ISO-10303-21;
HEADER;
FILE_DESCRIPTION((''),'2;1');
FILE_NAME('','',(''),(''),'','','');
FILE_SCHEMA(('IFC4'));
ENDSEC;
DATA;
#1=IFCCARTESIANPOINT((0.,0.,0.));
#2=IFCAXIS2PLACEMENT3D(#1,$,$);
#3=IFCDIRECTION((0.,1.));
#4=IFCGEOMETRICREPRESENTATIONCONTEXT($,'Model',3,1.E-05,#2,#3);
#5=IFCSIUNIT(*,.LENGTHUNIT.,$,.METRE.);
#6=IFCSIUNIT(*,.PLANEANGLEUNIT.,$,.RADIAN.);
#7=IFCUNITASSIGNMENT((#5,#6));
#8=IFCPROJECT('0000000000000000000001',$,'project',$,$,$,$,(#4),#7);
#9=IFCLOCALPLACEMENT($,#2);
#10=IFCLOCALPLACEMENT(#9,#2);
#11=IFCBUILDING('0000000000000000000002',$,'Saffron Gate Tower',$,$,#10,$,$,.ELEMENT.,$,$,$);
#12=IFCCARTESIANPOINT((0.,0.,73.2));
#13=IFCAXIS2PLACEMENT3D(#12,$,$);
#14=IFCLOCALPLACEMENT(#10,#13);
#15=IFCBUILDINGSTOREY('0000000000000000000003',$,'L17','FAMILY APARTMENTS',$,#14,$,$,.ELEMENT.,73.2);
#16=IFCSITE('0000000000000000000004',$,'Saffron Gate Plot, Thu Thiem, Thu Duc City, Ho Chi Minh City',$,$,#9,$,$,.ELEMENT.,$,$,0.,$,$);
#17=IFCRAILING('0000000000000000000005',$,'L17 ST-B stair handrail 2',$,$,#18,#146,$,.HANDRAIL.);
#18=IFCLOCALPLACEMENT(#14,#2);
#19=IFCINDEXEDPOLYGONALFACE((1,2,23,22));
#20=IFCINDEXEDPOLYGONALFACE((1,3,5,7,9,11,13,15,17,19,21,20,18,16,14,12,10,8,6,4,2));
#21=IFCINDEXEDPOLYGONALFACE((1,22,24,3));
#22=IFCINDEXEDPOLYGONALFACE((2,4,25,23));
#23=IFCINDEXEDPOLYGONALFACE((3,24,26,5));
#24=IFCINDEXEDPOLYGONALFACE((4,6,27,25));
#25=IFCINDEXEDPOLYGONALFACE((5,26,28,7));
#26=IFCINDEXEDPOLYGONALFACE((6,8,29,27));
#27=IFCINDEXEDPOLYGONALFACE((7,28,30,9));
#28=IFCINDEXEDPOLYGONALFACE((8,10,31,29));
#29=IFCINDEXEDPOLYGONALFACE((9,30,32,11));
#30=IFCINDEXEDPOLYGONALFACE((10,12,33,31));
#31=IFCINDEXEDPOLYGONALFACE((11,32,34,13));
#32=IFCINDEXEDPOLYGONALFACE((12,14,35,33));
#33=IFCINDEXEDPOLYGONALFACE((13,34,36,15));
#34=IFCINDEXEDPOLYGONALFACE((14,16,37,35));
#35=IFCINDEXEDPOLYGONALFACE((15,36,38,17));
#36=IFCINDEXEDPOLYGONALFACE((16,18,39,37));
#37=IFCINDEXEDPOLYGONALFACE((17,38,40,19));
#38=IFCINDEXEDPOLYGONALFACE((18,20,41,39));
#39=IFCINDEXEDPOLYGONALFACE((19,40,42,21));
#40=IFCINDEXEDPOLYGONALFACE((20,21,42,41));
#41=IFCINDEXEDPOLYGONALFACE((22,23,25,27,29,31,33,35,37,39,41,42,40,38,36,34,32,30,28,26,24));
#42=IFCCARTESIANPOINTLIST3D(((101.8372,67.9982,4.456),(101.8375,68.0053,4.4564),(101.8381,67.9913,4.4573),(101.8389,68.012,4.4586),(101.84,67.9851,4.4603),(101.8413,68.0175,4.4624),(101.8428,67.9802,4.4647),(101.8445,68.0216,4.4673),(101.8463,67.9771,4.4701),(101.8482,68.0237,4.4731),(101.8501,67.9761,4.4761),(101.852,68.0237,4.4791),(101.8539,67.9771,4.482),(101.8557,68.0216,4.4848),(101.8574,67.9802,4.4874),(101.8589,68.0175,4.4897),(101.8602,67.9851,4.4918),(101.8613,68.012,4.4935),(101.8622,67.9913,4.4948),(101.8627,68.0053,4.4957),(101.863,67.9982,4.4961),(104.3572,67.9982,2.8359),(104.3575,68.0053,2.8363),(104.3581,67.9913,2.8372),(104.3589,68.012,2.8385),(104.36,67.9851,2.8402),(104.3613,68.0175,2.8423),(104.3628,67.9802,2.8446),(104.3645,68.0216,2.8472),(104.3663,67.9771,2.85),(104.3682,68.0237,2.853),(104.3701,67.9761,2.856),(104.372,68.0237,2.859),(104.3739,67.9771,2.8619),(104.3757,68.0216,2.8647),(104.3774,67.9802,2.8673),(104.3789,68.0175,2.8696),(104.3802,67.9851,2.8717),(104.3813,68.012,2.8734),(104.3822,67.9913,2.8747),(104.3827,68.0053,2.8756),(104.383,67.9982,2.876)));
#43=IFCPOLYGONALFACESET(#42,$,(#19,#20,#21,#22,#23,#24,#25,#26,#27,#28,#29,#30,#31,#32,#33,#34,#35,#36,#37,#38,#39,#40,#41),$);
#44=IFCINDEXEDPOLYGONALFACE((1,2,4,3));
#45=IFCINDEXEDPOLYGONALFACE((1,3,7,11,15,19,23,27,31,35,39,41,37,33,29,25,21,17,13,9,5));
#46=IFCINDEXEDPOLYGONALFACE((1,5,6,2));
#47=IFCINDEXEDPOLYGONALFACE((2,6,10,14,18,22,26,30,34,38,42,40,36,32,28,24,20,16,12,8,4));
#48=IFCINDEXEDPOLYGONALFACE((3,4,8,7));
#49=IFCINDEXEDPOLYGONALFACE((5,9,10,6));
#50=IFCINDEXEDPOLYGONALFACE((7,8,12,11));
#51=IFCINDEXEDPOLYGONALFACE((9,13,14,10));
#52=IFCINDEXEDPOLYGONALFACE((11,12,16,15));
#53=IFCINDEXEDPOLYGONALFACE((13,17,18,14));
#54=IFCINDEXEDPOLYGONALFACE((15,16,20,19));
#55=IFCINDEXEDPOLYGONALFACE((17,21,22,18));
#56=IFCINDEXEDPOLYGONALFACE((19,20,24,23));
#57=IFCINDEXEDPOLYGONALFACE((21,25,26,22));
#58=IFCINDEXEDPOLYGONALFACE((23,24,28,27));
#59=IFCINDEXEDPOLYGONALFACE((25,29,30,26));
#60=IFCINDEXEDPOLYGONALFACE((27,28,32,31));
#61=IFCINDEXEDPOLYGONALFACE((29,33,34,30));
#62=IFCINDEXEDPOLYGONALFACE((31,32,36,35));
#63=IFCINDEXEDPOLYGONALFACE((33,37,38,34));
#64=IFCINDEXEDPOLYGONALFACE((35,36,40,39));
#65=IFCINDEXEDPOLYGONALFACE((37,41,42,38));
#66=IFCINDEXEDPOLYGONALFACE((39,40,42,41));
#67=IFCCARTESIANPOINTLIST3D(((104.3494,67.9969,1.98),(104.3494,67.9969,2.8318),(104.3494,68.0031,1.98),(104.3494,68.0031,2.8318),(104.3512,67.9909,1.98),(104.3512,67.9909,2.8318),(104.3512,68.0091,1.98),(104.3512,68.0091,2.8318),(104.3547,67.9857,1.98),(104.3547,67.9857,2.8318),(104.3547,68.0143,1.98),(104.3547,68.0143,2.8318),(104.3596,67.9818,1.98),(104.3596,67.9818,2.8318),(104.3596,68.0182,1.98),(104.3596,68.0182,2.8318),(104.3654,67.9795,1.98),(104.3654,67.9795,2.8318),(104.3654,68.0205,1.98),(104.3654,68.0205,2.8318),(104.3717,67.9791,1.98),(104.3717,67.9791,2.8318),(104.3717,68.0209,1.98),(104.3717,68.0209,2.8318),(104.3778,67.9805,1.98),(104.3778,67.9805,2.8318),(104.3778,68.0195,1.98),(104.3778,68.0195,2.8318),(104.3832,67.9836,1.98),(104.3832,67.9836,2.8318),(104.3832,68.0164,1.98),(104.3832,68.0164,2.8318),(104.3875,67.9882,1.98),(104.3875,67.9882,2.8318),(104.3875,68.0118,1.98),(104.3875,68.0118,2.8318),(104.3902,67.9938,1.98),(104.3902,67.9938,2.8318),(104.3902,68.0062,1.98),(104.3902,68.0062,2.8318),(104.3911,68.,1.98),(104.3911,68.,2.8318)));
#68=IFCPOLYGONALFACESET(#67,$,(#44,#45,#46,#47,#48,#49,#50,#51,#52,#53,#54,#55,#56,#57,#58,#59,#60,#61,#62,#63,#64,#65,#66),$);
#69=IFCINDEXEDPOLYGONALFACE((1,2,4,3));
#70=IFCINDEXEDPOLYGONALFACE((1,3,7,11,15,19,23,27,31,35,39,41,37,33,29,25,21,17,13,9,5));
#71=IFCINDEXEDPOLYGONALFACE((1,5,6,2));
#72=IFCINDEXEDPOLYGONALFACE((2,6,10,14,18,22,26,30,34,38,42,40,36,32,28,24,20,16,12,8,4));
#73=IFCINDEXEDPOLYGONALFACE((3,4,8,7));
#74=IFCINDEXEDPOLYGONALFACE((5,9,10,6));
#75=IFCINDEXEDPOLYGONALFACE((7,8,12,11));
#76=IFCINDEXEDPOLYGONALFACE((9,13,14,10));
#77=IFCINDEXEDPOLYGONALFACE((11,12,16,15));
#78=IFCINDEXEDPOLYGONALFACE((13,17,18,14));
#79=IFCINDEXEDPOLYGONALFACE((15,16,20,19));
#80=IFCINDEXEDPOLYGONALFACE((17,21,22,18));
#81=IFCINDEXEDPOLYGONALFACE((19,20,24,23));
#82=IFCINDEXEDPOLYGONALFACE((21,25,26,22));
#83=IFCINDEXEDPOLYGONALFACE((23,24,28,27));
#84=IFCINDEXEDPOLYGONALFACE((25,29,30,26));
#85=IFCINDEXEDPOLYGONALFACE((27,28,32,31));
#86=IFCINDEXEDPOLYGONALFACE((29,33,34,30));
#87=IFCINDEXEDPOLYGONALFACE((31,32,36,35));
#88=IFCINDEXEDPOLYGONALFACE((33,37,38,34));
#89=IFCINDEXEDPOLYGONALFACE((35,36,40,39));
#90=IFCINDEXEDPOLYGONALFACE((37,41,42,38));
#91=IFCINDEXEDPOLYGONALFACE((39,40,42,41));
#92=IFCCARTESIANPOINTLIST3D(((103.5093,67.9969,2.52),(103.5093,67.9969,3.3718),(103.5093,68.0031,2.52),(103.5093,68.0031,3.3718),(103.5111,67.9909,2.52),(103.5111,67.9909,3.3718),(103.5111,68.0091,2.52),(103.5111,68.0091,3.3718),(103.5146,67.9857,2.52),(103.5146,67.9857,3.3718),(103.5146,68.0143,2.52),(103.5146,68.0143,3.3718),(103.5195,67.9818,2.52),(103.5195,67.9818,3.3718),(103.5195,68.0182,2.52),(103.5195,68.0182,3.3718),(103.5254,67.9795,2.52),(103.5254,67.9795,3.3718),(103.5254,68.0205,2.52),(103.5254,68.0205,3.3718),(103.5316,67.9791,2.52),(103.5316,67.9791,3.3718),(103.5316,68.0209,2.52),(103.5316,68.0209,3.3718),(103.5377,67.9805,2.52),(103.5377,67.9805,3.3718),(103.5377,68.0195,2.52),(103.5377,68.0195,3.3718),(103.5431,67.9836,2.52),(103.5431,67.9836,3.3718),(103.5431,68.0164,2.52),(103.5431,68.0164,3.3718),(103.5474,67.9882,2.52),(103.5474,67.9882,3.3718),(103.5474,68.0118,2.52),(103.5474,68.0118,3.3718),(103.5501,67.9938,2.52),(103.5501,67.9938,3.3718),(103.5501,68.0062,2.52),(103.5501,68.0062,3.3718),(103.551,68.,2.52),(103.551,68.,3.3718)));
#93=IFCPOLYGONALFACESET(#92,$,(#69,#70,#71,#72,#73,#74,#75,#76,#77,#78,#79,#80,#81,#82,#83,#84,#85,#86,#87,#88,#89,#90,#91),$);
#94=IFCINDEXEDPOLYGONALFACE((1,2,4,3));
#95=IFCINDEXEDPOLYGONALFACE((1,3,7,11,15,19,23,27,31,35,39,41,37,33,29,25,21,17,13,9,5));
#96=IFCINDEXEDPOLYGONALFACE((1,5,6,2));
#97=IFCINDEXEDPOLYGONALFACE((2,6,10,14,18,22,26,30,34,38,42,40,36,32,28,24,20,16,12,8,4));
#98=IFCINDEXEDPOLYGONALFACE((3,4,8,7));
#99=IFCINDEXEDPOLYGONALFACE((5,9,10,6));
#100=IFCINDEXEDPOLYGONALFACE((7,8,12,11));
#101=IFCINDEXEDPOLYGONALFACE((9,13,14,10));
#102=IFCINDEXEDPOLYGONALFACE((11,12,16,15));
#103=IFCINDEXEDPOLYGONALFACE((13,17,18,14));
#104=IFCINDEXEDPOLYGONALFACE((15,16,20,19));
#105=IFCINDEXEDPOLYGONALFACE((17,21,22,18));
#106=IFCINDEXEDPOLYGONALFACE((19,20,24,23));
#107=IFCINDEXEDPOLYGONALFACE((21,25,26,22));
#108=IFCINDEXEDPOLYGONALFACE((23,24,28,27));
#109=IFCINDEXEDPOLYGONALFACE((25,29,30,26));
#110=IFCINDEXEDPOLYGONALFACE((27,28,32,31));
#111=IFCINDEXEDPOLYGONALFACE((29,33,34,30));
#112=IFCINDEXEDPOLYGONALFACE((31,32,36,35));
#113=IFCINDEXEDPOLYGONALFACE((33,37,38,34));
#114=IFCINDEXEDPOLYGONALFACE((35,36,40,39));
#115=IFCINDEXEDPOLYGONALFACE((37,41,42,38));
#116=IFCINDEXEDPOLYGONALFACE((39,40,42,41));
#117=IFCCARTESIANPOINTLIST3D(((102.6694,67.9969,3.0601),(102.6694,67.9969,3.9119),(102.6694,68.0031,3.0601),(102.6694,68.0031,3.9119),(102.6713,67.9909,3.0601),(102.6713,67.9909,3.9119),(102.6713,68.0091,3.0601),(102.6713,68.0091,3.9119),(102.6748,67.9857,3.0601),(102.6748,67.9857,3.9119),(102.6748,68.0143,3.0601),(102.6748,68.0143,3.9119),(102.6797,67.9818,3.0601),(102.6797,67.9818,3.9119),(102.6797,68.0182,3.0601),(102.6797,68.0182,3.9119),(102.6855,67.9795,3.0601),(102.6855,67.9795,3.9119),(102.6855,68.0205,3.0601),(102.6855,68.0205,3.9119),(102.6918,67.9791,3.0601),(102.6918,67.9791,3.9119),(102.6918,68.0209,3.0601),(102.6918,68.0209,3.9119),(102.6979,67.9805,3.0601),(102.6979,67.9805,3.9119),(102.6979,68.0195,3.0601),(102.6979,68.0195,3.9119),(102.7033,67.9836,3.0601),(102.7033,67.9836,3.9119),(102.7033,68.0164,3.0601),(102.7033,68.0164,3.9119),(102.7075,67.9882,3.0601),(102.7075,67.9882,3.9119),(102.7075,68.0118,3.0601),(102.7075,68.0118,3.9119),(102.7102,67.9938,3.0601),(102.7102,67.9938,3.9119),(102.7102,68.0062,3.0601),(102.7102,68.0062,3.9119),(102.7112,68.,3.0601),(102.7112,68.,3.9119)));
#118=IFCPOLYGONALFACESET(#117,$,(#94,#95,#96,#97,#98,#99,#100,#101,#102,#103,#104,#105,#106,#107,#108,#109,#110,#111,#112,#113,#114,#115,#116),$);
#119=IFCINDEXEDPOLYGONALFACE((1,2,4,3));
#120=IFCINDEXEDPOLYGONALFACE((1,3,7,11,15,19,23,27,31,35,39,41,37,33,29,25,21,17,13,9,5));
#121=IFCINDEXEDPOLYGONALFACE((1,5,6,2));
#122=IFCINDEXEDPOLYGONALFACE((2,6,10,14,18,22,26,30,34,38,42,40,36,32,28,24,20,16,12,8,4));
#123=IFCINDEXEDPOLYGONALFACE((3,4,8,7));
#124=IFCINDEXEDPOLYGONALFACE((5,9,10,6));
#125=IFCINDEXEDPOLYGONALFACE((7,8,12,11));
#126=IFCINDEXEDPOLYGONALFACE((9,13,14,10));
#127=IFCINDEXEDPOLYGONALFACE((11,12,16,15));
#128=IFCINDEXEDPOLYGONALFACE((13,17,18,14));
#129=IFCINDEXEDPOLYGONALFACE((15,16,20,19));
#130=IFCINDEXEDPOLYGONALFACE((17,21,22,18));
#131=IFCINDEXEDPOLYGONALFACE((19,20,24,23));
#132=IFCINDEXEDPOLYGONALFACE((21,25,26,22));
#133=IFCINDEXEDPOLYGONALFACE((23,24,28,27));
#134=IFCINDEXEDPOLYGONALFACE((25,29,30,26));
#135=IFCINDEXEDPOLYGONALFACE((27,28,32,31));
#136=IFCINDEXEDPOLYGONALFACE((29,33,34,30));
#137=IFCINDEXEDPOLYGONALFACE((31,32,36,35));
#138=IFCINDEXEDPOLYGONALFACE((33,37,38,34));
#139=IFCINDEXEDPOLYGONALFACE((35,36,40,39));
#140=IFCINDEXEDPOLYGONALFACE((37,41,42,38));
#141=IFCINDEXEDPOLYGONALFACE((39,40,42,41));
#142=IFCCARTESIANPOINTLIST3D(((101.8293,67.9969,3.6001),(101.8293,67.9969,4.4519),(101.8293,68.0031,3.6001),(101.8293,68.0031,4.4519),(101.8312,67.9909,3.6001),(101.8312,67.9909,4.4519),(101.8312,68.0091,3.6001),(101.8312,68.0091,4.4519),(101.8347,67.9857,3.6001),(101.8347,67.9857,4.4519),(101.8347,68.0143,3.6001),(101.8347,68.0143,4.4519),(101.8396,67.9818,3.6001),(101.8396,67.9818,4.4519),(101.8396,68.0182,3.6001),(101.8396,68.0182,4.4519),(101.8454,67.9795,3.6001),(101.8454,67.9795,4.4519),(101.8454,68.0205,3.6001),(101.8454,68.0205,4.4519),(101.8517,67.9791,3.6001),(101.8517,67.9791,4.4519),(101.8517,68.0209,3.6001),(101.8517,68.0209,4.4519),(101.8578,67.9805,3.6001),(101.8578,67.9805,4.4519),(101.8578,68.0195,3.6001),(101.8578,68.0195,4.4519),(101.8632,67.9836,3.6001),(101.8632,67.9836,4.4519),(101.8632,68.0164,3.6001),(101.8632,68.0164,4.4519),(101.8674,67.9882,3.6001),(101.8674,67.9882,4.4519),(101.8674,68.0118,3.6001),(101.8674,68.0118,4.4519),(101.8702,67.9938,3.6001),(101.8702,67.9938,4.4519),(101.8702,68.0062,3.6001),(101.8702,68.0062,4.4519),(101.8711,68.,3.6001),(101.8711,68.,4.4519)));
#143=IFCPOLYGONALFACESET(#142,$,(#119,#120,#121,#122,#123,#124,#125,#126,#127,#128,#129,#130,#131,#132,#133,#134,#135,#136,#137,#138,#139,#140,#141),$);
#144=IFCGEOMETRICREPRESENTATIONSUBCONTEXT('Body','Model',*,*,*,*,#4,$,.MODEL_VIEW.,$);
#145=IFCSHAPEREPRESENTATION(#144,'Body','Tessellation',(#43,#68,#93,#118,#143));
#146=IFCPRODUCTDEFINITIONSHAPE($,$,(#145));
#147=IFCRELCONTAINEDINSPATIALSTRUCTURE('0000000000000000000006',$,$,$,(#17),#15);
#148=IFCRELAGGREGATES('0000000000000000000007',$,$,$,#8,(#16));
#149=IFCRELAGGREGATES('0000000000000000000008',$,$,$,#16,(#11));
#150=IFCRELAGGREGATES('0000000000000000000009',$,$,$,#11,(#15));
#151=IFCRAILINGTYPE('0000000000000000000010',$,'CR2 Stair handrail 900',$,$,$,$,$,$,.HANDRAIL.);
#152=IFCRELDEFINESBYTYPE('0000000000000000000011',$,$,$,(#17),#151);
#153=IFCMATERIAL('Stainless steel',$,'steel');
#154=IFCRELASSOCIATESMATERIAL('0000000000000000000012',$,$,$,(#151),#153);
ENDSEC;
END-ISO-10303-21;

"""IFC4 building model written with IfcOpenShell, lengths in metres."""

from ifc_helpers import new_model, si_unit, direction, frame, origin, origin_2d, place, context, subcontext, project, spatial, circle, extrude, material, type_object, element, save


model = new_model("IFC4")

# Units and contexts
model_context = context("Model", 3, precision=1e-05, world=origin(), true_north=direction((0.0, 1.0)))
body_context = subcontext(model_context, "Body", "Model", "MODEL_VIEW")
ifc_project = project(units=[si_unit("LENGTHUNIT", "METRE"), si_unit("PLANEANGLEUNIT", "RADIAN")], contexts=[model_context])

# Site, building, storey
site_placement = place(None, origin())
site = spatial("IfcSite", under=ifc_project, at=site_placement, Name="Saffron Gate Plot, Thu Thiem, Thu Duc City, Ho Chi Minh City", CompositionType="ELEMENT", RefElevation=0.0)
building_placement = place(site_placement, origin())
building = spatial("IfcBuilding", under=site, at=building_placement, Name="Saffron Gate Tower", CompositionType="ELEMENT")
storey_placement = place(building_placement, frame((0.0, 0.0, 73.2)))
storey = spatial("IfcBuildingStorey", under=building, at=storey_placement, Name="L17", Description="FAMILY APARTMENTS", CompositionType="ELEMENT", Elevation=73.2)

# Railing
ifc_material_1 = material(Name="Stainless steel", Category="steel")
railing_type_1 = type_object("IfcRailingType", Name="CR2 Stair handrail 900", PredefinedType="HANDRAIL", material=ifc_material_1)
railing_1_placement = place(storey_placement, frame((104.3701, 68.0, 1.98)))
element("IfcRailing", 1, at=railing_1_placement, inside=storey, type_object=railing_type_1, Name="L17 ST-B stair handrail 2", PredefinedType="HANDRAIL", context=body_context, shape_type="SweptSolid", body=[
    extrude(circle(Radius=0.0239, at=origin_2d()), frame((0.0, 0.0, 0.876), z_axis=(-0.841163, 0.0, 0.540782), x_axis=(0.0, -1.0, 0.0)), (0.0, 0.0, 1.0), 2.9958),
    extrude(circle(Radius=0.021, at=origin_2d()), origin(), (0.0, 0.0, 1.0), 0.8518),
    extrude(circle(Radius=0.021, at=origin_2d()), frame((-0.8401, 0.0, 0.54)), (0.0, 0.0, 1.0), 0.8518),
    extrude(circle(Radius=0.021, at=origin_2d()), frame((-1.6799, 0.0, 1.0801)), (0.0, 0.0, 1.0), 0.8518),
    extrude(circle(Radius=0.021, at=origin_2d()), frame((-2.52, 0.0, 1.6201)), (0.0, 0.0, 1.0), 0.8518),
])

save(model, "model.ifc")
